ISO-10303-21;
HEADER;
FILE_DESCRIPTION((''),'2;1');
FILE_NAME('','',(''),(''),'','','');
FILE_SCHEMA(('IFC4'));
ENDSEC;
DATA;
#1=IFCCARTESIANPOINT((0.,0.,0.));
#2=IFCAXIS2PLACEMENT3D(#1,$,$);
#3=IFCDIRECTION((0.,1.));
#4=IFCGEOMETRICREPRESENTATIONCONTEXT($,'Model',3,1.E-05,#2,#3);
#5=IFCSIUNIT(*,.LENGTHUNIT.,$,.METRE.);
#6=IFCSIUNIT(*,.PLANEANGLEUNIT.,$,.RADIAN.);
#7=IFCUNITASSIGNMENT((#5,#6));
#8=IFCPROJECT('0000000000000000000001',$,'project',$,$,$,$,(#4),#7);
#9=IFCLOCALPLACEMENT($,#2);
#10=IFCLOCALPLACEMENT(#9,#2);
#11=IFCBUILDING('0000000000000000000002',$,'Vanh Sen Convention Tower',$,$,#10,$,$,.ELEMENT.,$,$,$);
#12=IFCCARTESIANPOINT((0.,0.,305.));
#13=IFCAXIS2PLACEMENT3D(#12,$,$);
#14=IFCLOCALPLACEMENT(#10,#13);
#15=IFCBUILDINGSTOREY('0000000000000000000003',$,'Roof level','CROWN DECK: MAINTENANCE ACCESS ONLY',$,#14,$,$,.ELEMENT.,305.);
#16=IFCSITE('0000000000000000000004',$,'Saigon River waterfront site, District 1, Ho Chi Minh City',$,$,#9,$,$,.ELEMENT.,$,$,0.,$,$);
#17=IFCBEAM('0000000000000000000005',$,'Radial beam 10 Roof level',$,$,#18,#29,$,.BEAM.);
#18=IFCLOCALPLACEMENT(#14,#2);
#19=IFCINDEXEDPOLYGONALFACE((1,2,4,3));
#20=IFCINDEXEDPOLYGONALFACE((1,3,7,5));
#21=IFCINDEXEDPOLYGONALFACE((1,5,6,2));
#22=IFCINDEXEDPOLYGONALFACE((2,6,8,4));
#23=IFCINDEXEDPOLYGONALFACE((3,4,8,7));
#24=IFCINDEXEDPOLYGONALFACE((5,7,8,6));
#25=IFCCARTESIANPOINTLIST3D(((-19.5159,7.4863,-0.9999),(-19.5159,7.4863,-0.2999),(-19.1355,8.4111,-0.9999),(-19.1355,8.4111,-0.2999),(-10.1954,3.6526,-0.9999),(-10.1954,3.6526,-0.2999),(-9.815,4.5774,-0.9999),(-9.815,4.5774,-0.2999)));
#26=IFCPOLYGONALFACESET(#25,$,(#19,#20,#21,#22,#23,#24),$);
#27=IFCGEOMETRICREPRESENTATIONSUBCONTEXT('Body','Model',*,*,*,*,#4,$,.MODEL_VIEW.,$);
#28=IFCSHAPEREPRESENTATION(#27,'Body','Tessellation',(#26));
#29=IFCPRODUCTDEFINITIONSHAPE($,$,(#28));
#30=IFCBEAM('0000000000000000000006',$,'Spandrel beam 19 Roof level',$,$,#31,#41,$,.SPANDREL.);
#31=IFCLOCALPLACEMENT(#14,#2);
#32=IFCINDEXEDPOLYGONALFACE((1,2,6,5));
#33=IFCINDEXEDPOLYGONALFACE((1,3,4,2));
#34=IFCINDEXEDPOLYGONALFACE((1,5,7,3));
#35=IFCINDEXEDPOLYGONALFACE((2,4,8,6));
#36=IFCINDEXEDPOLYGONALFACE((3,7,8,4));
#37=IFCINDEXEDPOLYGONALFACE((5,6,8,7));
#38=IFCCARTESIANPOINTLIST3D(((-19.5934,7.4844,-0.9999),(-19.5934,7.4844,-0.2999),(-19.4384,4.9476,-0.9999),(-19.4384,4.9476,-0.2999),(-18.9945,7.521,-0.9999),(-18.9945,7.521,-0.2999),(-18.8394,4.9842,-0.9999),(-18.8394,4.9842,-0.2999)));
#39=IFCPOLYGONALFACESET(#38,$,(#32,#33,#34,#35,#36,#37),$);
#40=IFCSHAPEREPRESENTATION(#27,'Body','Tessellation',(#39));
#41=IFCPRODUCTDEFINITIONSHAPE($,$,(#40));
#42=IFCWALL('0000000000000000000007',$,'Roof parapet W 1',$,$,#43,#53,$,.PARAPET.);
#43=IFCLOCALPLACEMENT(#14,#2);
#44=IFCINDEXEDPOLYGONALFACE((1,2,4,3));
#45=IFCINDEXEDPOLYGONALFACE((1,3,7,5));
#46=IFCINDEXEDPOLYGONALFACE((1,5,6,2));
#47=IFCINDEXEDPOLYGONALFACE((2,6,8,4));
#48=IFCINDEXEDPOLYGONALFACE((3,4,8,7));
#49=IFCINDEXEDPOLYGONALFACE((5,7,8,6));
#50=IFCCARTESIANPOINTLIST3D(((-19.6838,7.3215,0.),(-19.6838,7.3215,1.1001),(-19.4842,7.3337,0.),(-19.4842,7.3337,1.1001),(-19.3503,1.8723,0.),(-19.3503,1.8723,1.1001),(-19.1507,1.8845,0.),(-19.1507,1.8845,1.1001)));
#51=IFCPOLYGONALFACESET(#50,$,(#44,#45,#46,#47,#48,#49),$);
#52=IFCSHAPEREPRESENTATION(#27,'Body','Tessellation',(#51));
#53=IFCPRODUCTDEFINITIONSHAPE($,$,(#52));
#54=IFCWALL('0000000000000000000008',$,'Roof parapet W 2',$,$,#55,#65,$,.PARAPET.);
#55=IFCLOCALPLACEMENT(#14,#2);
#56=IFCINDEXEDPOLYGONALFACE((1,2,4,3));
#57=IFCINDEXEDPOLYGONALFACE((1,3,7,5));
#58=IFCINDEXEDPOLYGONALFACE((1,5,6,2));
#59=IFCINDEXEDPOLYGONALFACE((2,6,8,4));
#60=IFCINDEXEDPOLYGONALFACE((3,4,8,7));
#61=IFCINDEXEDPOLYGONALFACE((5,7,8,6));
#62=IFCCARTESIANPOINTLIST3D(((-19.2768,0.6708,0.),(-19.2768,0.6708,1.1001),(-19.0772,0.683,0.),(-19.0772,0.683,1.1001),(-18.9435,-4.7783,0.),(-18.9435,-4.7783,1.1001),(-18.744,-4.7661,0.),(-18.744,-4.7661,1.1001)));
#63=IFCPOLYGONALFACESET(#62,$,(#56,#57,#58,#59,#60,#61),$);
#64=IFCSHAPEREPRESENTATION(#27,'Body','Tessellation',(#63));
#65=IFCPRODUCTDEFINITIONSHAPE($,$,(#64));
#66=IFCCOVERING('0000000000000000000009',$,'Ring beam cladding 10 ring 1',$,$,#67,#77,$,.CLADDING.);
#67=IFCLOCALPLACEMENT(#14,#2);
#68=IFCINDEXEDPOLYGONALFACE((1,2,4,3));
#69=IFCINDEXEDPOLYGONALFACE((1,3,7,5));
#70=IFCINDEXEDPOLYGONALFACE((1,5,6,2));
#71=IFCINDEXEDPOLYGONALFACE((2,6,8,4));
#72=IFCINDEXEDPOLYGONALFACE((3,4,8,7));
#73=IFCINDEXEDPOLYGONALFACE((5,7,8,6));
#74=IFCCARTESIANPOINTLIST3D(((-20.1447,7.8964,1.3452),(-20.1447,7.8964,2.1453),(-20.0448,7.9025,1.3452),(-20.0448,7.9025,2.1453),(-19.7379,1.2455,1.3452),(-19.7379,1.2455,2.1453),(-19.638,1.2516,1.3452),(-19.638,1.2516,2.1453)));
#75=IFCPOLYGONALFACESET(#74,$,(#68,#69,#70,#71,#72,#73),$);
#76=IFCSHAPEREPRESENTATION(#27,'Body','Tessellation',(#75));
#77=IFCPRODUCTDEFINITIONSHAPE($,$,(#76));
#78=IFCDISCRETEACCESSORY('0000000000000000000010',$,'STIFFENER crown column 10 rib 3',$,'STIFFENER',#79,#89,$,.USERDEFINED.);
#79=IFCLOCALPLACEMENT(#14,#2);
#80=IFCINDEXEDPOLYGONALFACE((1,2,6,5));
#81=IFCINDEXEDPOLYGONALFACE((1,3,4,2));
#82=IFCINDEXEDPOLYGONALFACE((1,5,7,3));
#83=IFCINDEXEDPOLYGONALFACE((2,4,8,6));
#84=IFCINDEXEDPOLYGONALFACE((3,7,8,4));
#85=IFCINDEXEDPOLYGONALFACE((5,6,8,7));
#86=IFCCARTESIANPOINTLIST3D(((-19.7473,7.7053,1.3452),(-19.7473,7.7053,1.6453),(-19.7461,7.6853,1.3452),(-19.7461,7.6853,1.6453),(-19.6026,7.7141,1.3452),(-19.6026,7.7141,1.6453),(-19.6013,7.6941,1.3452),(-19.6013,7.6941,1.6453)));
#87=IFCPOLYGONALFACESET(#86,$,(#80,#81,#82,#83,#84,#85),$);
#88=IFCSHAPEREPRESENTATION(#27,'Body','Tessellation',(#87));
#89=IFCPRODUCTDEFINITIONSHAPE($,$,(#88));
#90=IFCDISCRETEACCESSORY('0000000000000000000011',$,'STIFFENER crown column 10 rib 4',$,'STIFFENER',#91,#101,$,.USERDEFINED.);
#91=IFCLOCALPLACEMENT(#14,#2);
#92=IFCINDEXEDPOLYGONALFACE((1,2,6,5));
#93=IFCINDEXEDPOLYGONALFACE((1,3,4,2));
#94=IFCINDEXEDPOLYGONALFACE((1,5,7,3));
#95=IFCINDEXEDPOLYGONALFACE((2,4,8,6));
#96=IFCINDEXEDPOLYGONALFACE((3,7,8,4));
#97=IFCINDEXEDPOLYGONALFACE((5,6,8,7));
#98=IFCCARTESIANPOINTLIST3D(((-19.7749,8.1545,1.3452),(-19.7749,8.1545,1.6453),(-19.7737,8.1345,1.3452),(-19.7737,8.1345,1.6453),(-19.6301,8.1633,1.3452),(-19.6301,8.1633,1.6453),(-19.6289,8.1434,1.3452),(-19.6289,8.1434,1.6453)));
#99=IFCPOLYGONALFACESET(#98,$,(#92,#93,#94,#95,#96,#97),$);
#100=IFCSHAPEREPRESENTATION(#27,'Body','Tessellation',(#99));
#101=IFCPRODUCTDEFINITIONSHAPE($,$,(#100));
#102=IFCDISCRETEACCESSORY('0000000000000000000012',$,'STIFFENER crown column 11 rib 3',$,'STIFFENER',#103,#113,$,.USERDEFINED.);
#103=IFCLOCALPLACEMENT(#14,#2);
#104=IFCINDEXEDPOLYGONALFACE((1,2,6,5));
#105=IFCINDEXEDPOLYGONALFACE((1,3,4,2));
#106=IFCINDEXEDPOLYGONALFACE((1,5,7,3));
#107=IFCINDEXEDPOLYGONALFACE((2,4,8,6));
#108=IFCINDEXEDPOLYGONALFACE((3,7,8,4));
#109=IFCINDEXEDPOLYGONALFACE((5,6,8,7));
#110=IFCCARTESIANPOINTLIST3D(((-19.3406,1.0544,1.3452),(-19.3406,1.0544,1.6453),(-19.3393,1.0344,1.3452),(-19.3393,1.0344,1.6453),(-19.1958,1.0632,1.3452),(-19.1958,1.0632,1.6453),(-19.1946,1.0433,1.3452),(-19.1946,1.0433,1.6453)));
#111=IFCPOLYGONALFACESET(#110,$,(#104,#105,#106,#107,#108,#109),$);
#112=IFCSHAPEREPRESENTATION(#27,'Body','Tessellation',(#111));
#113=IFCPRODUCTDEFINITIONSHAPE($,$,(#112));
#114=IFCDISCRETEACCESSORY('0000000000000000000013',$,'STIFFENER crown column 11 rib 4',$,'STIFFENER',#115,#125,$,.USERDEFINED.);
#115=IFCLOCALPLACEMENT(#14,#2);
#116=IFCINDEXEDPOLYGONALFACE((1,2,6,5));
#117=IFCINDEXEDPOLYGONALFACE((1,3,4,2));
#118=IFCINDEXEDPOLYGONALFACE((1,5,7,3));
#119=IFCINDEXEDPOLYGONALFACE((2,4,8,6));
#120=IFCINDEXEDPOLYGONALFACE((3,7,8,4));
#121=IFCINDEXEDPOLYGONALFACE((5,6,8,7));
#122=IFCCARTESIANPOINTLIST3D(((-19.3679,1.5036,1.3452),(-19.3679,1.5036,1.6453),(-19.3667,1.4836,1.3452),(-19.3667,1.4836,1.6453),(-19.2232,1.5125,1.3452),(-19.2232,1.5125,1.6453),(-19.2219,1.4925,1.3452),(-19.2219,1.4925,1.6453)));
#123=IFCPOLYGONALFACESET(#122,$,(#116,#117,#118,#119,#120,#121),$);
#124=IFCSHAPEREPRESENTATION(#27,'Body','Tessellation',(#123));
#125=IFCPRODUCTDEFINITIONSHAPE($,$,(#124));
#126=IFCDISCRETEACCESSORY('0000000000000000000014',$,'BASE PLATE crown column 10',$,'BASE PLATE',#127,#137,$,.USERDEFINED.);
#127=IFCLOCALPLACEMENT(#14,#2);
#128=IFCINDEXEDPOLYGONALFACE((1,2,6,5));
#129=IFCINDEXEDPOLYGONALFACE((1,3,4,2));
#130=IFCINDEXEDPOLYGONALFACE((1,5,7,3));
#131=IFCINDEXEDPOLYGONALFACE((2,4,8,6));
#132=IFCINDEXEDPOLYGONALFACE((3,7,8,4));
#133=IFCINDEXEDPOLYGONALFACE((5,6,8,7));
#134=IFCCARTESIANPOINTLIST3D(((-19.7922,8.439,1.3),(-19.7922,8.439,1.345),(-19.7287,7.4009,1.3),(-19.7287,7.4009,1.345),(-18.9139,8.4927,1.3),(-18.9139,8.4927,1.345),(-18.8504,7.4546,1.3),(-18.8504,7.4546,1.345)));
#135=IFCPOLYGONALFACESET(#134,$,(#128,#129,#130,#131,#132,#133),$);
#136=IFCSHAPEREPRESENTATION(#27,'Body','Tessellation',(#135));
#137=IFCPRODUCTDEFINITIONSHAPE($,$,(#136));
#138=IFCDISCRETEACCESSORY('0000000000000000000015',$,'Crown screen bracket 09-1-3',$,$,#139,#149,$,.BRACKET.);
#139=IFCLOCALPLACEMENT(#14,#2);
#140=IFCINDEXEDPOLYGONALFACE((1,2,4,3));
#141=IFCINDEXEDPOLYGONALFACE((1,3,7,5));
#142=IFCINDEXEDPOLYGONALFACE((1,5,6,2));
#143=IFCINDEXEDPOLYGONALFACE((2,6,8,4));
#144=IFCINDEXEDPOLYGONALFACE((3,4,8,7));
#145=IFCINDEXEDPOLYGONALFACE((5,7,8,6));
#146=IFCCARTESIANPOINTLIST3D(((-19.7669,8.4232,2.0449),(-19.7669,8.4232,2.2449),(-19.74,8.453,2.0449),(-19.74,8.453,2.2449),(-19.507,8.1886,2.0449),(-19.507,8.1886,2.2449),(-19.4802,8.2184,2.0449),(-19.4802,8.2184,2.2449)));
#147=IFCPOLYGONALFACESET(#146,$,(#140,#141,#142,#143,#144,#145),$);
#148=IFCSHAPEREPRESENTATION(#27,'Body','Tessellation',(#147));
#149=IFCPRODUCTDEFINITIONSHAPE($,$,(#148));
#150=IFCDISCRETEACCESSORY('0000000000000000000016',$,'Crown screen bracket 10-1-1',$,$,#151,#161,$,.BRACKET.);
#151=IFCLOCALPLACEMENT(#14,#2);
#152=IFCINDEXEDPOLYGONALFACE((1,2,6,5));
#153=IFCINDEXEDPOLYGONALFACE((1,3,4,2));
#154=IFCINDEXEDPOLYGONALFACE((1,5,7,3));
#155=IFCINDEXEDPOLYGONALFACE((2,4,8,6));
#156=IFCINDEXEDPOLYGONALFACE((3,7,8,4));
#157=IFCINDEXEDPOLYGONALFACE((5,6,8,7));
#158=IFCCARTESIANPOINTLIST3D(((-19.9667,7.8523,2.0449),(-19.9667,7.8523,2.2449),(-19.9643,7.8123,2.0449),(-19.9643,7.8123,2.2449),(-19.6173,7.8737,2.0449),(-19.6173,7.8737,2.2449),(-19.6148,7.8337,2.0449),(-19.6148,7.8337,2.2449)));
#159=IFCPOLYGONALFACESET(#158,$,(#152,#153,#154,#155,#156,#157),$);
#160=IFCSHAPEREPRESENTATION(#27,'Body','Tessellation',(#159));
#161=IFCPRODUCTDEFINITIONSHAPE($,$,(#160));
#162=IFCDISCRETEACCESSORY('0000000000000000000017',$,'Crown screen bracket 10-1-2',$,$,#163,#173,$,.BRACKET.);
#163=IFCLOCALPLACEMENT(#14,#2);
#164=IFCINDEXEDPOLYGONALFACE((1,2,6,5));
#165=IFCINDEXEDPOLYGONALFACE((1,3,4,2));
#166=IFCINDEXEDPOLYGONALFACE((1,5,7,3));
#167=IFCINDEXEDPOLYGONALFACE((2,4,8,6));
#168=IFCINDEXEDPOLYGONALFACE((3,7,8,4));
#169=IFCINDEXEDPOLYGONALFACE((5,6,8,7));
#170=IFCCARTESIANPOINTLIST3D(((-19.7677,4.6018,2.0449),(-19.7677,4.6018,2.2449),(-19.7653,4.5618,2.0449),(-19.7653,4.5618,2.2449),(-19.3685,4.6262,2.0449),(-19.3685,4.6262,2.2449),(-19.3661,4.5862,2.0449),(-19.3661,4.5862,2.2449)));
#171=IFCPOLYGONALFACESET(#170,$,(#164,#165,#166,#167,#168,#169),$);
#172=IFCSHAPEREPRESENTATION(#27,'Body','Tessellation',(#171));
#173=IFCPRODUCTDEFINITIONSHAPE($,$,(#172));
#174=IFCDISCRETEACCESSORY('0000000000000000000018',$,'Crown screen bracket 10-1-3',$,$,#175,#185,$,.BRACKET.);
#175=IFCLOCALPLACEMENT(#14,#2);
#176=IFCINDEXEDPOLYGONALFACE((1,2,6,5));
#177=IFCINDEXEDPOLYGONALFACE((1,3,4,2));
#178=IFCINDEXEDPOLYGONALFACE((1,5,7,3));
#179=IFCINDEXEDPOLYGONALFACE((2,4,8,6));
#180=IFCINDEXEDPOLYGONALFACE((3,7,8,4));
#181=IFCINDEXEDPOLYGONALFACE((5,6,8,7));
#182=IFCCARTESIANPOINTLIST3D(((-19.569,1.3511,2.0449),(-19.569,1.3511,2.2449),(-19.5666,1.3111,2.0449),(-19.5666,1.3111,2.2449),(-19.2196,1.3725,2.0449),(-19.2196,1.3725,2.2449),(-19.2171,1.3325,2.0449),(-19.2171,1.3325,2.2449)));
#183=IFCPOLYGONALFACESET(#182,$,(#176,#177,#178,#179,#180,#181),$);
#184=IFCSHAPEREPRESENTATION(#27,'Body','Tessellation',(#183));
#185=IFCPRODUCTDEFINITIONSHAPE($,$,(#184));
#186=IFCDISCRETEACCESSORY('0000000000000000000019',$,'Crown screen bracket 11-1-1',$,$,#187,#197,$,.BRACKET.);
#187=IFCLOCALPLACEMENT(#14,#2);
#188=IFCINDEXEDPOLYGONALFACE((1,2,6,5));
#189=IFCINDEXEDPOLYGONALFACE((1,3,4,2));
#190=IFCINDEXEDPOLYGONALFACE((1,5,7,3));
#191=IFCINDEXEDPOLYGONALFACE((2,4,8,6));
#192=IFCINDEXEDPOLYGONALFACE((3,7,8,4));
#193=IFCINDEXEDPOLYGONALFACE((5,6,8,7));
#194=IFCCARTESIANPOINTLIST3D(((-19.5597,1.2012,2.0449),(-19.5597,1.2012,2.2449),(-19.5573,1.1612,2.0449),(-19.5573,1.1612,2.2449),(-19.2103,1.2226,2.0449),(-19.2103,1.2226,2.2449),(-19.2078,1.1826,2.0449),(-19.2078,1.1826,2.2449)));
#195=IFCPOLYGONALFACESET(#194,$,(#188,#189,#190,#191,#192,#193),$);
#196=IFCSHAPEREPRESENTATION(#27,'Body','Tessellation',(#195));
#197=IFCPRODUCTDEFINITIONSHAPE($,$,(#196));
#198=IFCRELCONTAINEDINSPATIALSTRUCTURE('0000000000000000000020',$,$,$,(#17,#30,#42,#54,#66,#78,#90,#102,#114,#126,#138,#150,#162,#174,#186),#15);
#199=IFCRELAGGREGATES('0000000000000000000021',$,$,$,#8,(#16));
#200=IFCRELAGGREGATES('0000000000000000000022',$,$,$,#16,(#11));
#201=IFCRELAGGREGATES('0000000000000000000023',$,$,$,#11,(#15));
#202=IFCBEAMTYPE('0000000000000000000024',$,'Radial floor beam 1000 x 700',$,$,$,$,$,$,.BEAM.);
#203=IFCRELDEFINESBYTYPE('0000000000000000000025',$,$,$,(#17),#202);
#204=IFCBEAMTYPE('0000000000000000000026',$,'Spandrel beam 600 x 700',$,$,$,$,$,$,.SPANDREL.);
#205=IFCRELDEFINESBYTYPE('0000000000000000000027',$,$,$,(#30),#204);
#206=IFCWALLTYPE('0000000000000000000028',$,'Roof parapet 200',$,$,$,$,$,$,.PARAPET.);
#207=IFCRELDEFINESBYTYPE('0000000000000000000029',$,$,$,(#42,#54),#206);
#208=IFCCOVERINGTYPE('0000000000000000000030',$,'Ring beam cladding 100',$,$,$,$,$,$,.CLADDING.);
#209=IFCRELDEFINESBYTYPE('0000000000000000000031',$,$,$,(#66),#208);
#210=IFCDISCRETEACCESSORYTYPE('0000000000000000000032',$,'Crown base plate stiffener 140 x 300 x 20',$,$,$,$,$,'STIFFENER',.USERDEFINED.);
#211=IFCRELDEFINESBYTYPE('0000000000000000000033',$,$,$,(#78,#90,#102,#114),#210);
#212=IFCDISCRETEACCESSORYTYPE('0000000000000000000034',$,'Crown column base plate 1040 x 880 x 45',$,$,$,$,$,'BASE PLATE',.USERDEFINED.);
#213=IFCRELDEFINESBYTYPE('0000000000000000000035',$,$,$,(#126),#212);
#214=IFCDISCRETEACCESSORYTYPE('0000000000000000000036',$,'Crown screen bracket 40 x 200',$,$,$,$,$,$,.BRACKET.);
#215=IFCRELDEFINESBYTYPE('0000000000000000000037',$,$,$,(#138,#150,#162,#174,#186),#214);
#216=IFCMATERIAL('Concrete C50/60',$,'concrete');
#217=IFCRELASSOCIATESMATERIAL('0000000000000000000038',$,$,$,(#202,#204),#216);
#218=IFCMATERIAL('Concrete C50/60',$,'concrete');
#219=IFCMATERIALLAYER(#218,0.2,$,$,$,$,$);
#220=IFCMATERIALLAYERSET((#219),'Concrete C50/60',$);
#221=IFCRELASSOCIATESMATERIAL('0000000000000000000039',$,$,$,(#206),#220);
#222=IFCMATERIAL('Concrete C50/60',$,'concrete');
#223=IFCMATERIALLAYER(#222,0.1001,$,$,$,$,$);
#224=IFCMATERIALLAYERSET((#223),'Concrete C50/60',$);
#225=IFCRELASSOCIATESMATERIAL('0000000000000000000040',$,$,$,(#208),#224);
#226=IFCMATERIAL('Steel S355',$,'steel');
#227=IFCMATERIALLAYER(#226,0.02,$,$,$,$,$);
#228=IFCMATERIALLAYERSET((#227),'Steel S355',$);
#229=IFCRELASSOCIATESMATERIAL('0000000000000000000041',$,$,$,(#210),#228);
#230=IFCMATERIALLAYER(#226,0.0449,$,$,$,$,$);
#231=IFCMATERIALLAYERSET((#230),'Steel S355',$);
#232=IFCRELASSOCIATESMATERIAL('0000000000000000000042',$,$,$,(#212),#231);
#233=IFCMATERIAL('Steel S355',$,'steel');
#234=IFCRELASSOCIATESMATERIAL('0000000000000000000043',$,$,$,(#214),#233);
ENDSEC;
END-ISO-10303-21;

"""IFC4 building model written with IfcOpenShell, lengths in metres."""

from ifc_helpers import new_model, si_unit, direction, frame, frame_2d, origin, origin_2d, place, context, subcontext, project, spatial, rectangle, extrude, material, layer, layer_set, material_profile, profile_set, type_object, element, save


model = new_model("IFC4")

# Units and contexts
model_context = context("Model", 3, precision=1e-05, world=origin(), true_north=direction((0.0, 1.0)))
body_context = subcontext(model_context, "Body", "Model", "MODEL_VIEW")
ifc_project = project(units=[si_unit("LENGTHUNIT", "METRE"), si_unit("PLANEANGLEUNIT", "RADIAN")], contexts=[model_context])

# Site, building, storey
site_placement = place(None, origin())
site = spatial("IfcSite", under=ifc_project, at=site_placement, Name="Saigon River waterfront site, District 1, Ho Chi Minh City", CompositionType="ELEMENT", RefElevation=0.0)
building_placement = place(site_placement, origin())
building = spatial("IfcBuilding", under=site, at=building_placement, Name="Vanh Sen Convention Tower", CompositionType="ELEMENT")
storey_placement = place(building_placement, frame((0.0, 0.0, 305.0)))
storey = spatial("IfcBuildingStorey", under=building, at=storey_placement, Name="Roof level", Description="CROWN DECK: MAINTENANCE ACCESS ONLY", CompositionType="ELEMENT", Elevation=305.0)

# Beams
ifc_material_1 = material(Name="Concrete C50/60", Category="concrete")
ifc_material_profile_1 = material_profile(ifc_material_1, rectangle(XDim=1.0, YDim=0.7, at=origin_2d()), Name="RC 1000X700")
ifc_profile_set_1 = profile_set([ifc_material_profile_1], Name="Concrete C50/60")
beam_type_1 = type_object("IfcBeamType", Name="Radial floor beam 1000 x 700", PredefinedType="BEAM", material=ifc_profile_set_1)
beam_1_placement = place(storey_placement, frame((-19.3257, 7.9487, -0.6499), z_axis=(0.924823, -0.380399, 0.0), x_axis=(0.380399, 0.924823, 0.0)))
element("IfcBeam", 1, at=beam_1_placement, inside=storey, type_object=beam_type_1, Name="Radial beam 10 Roof level", PredefinedType="BEAM", context=body_context, shape_type="SweptSolid", body=[
    extrude(rectangle(XDim=1.0, YDim=0.7, at=origin_2d()), origin(), (0.0, 0.0, 1.0), 10.0781),
])
ifc_material_profile_2 = material_profile(ifc_material_1, rectangle(XDim=0.6001, YDim=0.7, at=origin_2d()), Name="RC 600X700")
ifc_profile_set_2 = profile_set([ifc_material_profile_2], Name="Concrete C50/60")
beam_type_2 = type_object("IfcBeamType", Name="Spandrel beam 600 x 700", PredefinedType="SPANDREL", material=ifc_profile_set_2)
beam_2_placement = place(storey_placement, frame((-19.2939, 7.5027, -0.6499), z_axis=(0.060997, -0.998138, 0.0), x_axis=(0.998138, 0.060997, 0.0)))
element("IfcBeam", 2, at=beam_2_placement, inside=storey, type_object=beam_type_2, Name="Spandrel beam 19 Roof level", PredefinedType="SPANDREL", context=body_context, shape_type="SweptSolid", body=[
    extrude(rectangle(XDim=0.6001, YDim=0.7, at=origin_2d()), origin(), (0.0, 0.0, 1.0), 2.5415),
])

# Walls
ifc_material_2 = material(Name="Concrete C50/60", Category="concrete")
ifc_layer_1 = layer(ifc_material_2, 0.2)
ifc_layer_set_1 = layer_set([ifc_layer_1], Name="Concrete C50/60")
wall_type = type_object("IfcWallType", Name="Roof parapet 200", PredefinedType="PARAPET", material=ifc_layer_set_1)
wall_1_placement = place(storey_placement, frame((-19.584, 7.3276, 0.0), z_axis=(0.0, 0.0, 1.0), x_axis=(0.061086, -0.998132, 0.0)))
element("IfcWall", 3, at=wall_1_placement, inside=storey, type_object=wall_type, Name="Roof parapet W 1", PredefinedType="PARAPET", context=body_context, shape_type="SweptSolid", body=[
    extrude(rectangle(XDim=5.4595, YDim=0.2, at=frame_2d((2.7297, 0.0))), origin(), (0.0, 0.0, 1.0), 1.1001),
])
wall_2_placement = place(storey_placement, frame((-19.177, 0.6768, 0.0), z_axis=(0.0, 0.0, 1.0), x_axis=(0.061045, -0.998135, 0.0)))
element("IfcWall", 4, at=wall_2_placement, inside=storey, type_object=wall_type, Name="Roof parapet W 2", PredefinedType="PARAPET", context=body_context, shape_type="SweptSolid", body=[
    extrude(rectangle(XDim=5.4592, YDim=0.2, at=frame_2d((2.7295, 0.0))), origin(), (0.0, 0.0, 1.0), 1.1001),
])

# Covering
ifc_material_3 = material(Name="Concrete C50/60", Category="concrete")
ifc_layer_2 = layer(ifc_material_3, 0.1001)
ifc_layer_set_2 = layer_set([ifc_layer_2], Name="Concrete C50/60")
covering_type = type_object("IfcCoveringType", Name="Ring beam cladding 100", PredefinedType="CLADDING", material=ifc_layer_set_2)
covering_placement = place(storey_placement, frame((-19.8914, 4.574, 1.3452), z_axis=(0.0, 0.0, 1.0), x_axis=(0.06105, -0.998135, 0.0)))
element("IfcCovering", 5, at=covering_placement, inside=storey, type_object=covering_type, Name="Ring beam cladding 10 ring 1", PredefinedType="CLADDING", context=body_context, shape_type="SweptSolid", body=[
    extrude(rectangle(XDim=6.6633, YDim=0.1001, at=origin_2d()), origin(), (0.0, 0.0, 1.0), 0.8),
])

# Discrete accessories
ifc_material_4 = material(Name="Steel S355", Category="steel")
ifc_layer_3 = layer(ifc_material_4, 0.02)
ifc_layer_set_3 = layer_set([ifc_layer_3], Name="Steel S355")
discrete_accessory_type_1 = type_object("IfcDiscreteAccessoryType", Name="Crown base plate stiffener 140 x 300 x 20", ElementType="STIFFENER", PredefinedType="USERDEFINED", material=ifc_layer_set_3)
for number, where, z_axis, x_axis, name in (
    (6, (-19.6743, 7.6997, 1.3452), (0.0, 0.0, 1.0), (0.998135, 0.061049, 0.0), "STIFFENER crown column 10 rib 3"),
    (7, (-19.7019, 8.1489, 1.3452), (0.0, 0.0, 1.0), (0.998135, 0.061049, 0.0), "STIFFENER crown column 10 rib 4"),
    (8, (-19.2676, 1.0488, 1.3452), (0.0, 0.0, 1.0), (0.998135, 0.061049, 0.0), "STIFFENER crown column 11 rib 3"),
    (9, (-19.2949, 1.498, 1.3452), (0.0, 0.0, 1.0), (0.998135, 0.061049, 0.0), "STIFFENER crown column 11 rib 4"),
):
    element("IfcDiscreteAccessory", number, at=place(storey_placement, frame(where, z_axis=z_axis, x_axis=x_axis)), inside=storey, type_object=discrete_accessory_type_1, Name=name, ObjectType="STIFFENER", PredefinedType="USERDEFINED", context=body_context, shape_type="SweptSolid", body=[
        extrude(rectangle(XDim=0.145, YDim=0.02, at=origin_2d()), origin(), (0.0, 0.0, 1.0), 0.3),
    ])
ifc_layer_4 = layer(ifc_material_4, 0.0449)
ifc_layer_set_4 = layer_set([ifc_layer_4], Name="Steel S355")
discrete_accessory_type_2 = type_object("IfcDiscreteAccessoryType", Name="Crown column base plate 1040 x 880 x 45", ElementType="BASE PLATE", PredefinedType="USERDEFINED", material=ifc_layer_set_4)
discrete_accessory_1_placement = place(storey_placement, frame((-19.3213, 7.9468, 1.3), z_axis=(0.0, 0.0, 1.0), x_axis=(0.061049, -0.998135, 0.0)))
element("IfcDiscreteAccessory", 10, at=discrete_accessory_1_placement, inside=storey, type_object=discrete_accessory_type_2, Name="BASE PLATE crown column 10", ObjectType="BASE PLATE", PredefinedType="USERDEFINED", context=body_context, shape_type="SweptSolid", body=[
    extrude(rectangle(XDim=1.04, YDim=0.8799, at=origin_2d()), origin(), (0.0, 0.0, 1.0), 0.0449),
])
ifc_material_5 = material(Name="Steel S355", Category="steel")
discrete_accessory_type_3 = type_object("IfcDiscreteAccessoryType", Name="Crown screen bracket 40 x 200", PredefinedType="BRACKET", material=ifc_material_5)
for number, where, z_axis, x_axis, name in (
    (11, (-19.6235, 8.3208, 2.0449), (0.0, 0.0, 1.0), (-0.742232, 0.670143, 0.0), "Crown screen bracket 09-1-3"),
    (12, (-19.7908, 7.843, 2.0449), (0.0, 0.0, 1.0), (-0.998135, -0.06105, 0.0), "Crown screen bracket 10-1-1"),
):
    element("IfcDiscreteAccessory", number, at=place(storey_placement, frame(where, z_axis=z_axis, x_axis=x_axis)), inside=storey, type_object=discrete_accessory_type_3, Name=name, PredefinedType="BRACKET", context=body_context, shape_type="SweptSolid", body=[
        extrude(rectangle(XDim=0.3501, YDim=0.04, at=origin_2d()), origin(), (0.0, 0.0, 1.0), 0.2),
    ])
discrete_accessory_2_placement = place(storey_placement, frame((-19.5669, 4.594, 2.0449), z_axis=(0.0, 0.0, 1.0), x_axis=(-0.998135, -0.06105, 0.0)))
element("IfcDiscreteAccessory", 13, at=discrete_accessory_2_placement, inside=storey, type_object=discrete_accessory_type_3, Name="Crown screen bracket 10-1-2", PredefinedType="BRACKET", context=body_context, shape_type="SweptSolid", body=[
    extrude(rectangle(XDim=0.3999, YDim=0.04, at=origin_2d()), origin(), (0.0, 0.0, 1.0), 0.2),
])
for number, where, z_axis, x_axis, name in (
    (14, (-19.3931, 1.3418, 2.0449), (0.0, 0.0, 1.0), (-0.998135, -0.06105, 0.0), "Crown screen bracket 10-1-3"),
    (15, (-19.3838, 1.1919, 2.0449), (0.0, 0.0, 1.0), (-0.998135, -0.061052, 0.0), "Crown screen bracket 11-1-1"),
):
    element("IfcDiscreteAccessory", number, at=place(storey_placement, frame(where, z_axis=z_axis, x_axis=x_axis)), inside=storey, type_object=discrete_accessory_type_3, Name=name, PredefinedType="BRACKET", context=body_context, shape_type="SweptSolid", body=[
        extrude(rectangle(XDim=0.3501, YDim=0.04, at=origin_2d()), origin(), (0.0, 0.0, 1.0), 0.2),
    ])

save(model, "model.ifc")
